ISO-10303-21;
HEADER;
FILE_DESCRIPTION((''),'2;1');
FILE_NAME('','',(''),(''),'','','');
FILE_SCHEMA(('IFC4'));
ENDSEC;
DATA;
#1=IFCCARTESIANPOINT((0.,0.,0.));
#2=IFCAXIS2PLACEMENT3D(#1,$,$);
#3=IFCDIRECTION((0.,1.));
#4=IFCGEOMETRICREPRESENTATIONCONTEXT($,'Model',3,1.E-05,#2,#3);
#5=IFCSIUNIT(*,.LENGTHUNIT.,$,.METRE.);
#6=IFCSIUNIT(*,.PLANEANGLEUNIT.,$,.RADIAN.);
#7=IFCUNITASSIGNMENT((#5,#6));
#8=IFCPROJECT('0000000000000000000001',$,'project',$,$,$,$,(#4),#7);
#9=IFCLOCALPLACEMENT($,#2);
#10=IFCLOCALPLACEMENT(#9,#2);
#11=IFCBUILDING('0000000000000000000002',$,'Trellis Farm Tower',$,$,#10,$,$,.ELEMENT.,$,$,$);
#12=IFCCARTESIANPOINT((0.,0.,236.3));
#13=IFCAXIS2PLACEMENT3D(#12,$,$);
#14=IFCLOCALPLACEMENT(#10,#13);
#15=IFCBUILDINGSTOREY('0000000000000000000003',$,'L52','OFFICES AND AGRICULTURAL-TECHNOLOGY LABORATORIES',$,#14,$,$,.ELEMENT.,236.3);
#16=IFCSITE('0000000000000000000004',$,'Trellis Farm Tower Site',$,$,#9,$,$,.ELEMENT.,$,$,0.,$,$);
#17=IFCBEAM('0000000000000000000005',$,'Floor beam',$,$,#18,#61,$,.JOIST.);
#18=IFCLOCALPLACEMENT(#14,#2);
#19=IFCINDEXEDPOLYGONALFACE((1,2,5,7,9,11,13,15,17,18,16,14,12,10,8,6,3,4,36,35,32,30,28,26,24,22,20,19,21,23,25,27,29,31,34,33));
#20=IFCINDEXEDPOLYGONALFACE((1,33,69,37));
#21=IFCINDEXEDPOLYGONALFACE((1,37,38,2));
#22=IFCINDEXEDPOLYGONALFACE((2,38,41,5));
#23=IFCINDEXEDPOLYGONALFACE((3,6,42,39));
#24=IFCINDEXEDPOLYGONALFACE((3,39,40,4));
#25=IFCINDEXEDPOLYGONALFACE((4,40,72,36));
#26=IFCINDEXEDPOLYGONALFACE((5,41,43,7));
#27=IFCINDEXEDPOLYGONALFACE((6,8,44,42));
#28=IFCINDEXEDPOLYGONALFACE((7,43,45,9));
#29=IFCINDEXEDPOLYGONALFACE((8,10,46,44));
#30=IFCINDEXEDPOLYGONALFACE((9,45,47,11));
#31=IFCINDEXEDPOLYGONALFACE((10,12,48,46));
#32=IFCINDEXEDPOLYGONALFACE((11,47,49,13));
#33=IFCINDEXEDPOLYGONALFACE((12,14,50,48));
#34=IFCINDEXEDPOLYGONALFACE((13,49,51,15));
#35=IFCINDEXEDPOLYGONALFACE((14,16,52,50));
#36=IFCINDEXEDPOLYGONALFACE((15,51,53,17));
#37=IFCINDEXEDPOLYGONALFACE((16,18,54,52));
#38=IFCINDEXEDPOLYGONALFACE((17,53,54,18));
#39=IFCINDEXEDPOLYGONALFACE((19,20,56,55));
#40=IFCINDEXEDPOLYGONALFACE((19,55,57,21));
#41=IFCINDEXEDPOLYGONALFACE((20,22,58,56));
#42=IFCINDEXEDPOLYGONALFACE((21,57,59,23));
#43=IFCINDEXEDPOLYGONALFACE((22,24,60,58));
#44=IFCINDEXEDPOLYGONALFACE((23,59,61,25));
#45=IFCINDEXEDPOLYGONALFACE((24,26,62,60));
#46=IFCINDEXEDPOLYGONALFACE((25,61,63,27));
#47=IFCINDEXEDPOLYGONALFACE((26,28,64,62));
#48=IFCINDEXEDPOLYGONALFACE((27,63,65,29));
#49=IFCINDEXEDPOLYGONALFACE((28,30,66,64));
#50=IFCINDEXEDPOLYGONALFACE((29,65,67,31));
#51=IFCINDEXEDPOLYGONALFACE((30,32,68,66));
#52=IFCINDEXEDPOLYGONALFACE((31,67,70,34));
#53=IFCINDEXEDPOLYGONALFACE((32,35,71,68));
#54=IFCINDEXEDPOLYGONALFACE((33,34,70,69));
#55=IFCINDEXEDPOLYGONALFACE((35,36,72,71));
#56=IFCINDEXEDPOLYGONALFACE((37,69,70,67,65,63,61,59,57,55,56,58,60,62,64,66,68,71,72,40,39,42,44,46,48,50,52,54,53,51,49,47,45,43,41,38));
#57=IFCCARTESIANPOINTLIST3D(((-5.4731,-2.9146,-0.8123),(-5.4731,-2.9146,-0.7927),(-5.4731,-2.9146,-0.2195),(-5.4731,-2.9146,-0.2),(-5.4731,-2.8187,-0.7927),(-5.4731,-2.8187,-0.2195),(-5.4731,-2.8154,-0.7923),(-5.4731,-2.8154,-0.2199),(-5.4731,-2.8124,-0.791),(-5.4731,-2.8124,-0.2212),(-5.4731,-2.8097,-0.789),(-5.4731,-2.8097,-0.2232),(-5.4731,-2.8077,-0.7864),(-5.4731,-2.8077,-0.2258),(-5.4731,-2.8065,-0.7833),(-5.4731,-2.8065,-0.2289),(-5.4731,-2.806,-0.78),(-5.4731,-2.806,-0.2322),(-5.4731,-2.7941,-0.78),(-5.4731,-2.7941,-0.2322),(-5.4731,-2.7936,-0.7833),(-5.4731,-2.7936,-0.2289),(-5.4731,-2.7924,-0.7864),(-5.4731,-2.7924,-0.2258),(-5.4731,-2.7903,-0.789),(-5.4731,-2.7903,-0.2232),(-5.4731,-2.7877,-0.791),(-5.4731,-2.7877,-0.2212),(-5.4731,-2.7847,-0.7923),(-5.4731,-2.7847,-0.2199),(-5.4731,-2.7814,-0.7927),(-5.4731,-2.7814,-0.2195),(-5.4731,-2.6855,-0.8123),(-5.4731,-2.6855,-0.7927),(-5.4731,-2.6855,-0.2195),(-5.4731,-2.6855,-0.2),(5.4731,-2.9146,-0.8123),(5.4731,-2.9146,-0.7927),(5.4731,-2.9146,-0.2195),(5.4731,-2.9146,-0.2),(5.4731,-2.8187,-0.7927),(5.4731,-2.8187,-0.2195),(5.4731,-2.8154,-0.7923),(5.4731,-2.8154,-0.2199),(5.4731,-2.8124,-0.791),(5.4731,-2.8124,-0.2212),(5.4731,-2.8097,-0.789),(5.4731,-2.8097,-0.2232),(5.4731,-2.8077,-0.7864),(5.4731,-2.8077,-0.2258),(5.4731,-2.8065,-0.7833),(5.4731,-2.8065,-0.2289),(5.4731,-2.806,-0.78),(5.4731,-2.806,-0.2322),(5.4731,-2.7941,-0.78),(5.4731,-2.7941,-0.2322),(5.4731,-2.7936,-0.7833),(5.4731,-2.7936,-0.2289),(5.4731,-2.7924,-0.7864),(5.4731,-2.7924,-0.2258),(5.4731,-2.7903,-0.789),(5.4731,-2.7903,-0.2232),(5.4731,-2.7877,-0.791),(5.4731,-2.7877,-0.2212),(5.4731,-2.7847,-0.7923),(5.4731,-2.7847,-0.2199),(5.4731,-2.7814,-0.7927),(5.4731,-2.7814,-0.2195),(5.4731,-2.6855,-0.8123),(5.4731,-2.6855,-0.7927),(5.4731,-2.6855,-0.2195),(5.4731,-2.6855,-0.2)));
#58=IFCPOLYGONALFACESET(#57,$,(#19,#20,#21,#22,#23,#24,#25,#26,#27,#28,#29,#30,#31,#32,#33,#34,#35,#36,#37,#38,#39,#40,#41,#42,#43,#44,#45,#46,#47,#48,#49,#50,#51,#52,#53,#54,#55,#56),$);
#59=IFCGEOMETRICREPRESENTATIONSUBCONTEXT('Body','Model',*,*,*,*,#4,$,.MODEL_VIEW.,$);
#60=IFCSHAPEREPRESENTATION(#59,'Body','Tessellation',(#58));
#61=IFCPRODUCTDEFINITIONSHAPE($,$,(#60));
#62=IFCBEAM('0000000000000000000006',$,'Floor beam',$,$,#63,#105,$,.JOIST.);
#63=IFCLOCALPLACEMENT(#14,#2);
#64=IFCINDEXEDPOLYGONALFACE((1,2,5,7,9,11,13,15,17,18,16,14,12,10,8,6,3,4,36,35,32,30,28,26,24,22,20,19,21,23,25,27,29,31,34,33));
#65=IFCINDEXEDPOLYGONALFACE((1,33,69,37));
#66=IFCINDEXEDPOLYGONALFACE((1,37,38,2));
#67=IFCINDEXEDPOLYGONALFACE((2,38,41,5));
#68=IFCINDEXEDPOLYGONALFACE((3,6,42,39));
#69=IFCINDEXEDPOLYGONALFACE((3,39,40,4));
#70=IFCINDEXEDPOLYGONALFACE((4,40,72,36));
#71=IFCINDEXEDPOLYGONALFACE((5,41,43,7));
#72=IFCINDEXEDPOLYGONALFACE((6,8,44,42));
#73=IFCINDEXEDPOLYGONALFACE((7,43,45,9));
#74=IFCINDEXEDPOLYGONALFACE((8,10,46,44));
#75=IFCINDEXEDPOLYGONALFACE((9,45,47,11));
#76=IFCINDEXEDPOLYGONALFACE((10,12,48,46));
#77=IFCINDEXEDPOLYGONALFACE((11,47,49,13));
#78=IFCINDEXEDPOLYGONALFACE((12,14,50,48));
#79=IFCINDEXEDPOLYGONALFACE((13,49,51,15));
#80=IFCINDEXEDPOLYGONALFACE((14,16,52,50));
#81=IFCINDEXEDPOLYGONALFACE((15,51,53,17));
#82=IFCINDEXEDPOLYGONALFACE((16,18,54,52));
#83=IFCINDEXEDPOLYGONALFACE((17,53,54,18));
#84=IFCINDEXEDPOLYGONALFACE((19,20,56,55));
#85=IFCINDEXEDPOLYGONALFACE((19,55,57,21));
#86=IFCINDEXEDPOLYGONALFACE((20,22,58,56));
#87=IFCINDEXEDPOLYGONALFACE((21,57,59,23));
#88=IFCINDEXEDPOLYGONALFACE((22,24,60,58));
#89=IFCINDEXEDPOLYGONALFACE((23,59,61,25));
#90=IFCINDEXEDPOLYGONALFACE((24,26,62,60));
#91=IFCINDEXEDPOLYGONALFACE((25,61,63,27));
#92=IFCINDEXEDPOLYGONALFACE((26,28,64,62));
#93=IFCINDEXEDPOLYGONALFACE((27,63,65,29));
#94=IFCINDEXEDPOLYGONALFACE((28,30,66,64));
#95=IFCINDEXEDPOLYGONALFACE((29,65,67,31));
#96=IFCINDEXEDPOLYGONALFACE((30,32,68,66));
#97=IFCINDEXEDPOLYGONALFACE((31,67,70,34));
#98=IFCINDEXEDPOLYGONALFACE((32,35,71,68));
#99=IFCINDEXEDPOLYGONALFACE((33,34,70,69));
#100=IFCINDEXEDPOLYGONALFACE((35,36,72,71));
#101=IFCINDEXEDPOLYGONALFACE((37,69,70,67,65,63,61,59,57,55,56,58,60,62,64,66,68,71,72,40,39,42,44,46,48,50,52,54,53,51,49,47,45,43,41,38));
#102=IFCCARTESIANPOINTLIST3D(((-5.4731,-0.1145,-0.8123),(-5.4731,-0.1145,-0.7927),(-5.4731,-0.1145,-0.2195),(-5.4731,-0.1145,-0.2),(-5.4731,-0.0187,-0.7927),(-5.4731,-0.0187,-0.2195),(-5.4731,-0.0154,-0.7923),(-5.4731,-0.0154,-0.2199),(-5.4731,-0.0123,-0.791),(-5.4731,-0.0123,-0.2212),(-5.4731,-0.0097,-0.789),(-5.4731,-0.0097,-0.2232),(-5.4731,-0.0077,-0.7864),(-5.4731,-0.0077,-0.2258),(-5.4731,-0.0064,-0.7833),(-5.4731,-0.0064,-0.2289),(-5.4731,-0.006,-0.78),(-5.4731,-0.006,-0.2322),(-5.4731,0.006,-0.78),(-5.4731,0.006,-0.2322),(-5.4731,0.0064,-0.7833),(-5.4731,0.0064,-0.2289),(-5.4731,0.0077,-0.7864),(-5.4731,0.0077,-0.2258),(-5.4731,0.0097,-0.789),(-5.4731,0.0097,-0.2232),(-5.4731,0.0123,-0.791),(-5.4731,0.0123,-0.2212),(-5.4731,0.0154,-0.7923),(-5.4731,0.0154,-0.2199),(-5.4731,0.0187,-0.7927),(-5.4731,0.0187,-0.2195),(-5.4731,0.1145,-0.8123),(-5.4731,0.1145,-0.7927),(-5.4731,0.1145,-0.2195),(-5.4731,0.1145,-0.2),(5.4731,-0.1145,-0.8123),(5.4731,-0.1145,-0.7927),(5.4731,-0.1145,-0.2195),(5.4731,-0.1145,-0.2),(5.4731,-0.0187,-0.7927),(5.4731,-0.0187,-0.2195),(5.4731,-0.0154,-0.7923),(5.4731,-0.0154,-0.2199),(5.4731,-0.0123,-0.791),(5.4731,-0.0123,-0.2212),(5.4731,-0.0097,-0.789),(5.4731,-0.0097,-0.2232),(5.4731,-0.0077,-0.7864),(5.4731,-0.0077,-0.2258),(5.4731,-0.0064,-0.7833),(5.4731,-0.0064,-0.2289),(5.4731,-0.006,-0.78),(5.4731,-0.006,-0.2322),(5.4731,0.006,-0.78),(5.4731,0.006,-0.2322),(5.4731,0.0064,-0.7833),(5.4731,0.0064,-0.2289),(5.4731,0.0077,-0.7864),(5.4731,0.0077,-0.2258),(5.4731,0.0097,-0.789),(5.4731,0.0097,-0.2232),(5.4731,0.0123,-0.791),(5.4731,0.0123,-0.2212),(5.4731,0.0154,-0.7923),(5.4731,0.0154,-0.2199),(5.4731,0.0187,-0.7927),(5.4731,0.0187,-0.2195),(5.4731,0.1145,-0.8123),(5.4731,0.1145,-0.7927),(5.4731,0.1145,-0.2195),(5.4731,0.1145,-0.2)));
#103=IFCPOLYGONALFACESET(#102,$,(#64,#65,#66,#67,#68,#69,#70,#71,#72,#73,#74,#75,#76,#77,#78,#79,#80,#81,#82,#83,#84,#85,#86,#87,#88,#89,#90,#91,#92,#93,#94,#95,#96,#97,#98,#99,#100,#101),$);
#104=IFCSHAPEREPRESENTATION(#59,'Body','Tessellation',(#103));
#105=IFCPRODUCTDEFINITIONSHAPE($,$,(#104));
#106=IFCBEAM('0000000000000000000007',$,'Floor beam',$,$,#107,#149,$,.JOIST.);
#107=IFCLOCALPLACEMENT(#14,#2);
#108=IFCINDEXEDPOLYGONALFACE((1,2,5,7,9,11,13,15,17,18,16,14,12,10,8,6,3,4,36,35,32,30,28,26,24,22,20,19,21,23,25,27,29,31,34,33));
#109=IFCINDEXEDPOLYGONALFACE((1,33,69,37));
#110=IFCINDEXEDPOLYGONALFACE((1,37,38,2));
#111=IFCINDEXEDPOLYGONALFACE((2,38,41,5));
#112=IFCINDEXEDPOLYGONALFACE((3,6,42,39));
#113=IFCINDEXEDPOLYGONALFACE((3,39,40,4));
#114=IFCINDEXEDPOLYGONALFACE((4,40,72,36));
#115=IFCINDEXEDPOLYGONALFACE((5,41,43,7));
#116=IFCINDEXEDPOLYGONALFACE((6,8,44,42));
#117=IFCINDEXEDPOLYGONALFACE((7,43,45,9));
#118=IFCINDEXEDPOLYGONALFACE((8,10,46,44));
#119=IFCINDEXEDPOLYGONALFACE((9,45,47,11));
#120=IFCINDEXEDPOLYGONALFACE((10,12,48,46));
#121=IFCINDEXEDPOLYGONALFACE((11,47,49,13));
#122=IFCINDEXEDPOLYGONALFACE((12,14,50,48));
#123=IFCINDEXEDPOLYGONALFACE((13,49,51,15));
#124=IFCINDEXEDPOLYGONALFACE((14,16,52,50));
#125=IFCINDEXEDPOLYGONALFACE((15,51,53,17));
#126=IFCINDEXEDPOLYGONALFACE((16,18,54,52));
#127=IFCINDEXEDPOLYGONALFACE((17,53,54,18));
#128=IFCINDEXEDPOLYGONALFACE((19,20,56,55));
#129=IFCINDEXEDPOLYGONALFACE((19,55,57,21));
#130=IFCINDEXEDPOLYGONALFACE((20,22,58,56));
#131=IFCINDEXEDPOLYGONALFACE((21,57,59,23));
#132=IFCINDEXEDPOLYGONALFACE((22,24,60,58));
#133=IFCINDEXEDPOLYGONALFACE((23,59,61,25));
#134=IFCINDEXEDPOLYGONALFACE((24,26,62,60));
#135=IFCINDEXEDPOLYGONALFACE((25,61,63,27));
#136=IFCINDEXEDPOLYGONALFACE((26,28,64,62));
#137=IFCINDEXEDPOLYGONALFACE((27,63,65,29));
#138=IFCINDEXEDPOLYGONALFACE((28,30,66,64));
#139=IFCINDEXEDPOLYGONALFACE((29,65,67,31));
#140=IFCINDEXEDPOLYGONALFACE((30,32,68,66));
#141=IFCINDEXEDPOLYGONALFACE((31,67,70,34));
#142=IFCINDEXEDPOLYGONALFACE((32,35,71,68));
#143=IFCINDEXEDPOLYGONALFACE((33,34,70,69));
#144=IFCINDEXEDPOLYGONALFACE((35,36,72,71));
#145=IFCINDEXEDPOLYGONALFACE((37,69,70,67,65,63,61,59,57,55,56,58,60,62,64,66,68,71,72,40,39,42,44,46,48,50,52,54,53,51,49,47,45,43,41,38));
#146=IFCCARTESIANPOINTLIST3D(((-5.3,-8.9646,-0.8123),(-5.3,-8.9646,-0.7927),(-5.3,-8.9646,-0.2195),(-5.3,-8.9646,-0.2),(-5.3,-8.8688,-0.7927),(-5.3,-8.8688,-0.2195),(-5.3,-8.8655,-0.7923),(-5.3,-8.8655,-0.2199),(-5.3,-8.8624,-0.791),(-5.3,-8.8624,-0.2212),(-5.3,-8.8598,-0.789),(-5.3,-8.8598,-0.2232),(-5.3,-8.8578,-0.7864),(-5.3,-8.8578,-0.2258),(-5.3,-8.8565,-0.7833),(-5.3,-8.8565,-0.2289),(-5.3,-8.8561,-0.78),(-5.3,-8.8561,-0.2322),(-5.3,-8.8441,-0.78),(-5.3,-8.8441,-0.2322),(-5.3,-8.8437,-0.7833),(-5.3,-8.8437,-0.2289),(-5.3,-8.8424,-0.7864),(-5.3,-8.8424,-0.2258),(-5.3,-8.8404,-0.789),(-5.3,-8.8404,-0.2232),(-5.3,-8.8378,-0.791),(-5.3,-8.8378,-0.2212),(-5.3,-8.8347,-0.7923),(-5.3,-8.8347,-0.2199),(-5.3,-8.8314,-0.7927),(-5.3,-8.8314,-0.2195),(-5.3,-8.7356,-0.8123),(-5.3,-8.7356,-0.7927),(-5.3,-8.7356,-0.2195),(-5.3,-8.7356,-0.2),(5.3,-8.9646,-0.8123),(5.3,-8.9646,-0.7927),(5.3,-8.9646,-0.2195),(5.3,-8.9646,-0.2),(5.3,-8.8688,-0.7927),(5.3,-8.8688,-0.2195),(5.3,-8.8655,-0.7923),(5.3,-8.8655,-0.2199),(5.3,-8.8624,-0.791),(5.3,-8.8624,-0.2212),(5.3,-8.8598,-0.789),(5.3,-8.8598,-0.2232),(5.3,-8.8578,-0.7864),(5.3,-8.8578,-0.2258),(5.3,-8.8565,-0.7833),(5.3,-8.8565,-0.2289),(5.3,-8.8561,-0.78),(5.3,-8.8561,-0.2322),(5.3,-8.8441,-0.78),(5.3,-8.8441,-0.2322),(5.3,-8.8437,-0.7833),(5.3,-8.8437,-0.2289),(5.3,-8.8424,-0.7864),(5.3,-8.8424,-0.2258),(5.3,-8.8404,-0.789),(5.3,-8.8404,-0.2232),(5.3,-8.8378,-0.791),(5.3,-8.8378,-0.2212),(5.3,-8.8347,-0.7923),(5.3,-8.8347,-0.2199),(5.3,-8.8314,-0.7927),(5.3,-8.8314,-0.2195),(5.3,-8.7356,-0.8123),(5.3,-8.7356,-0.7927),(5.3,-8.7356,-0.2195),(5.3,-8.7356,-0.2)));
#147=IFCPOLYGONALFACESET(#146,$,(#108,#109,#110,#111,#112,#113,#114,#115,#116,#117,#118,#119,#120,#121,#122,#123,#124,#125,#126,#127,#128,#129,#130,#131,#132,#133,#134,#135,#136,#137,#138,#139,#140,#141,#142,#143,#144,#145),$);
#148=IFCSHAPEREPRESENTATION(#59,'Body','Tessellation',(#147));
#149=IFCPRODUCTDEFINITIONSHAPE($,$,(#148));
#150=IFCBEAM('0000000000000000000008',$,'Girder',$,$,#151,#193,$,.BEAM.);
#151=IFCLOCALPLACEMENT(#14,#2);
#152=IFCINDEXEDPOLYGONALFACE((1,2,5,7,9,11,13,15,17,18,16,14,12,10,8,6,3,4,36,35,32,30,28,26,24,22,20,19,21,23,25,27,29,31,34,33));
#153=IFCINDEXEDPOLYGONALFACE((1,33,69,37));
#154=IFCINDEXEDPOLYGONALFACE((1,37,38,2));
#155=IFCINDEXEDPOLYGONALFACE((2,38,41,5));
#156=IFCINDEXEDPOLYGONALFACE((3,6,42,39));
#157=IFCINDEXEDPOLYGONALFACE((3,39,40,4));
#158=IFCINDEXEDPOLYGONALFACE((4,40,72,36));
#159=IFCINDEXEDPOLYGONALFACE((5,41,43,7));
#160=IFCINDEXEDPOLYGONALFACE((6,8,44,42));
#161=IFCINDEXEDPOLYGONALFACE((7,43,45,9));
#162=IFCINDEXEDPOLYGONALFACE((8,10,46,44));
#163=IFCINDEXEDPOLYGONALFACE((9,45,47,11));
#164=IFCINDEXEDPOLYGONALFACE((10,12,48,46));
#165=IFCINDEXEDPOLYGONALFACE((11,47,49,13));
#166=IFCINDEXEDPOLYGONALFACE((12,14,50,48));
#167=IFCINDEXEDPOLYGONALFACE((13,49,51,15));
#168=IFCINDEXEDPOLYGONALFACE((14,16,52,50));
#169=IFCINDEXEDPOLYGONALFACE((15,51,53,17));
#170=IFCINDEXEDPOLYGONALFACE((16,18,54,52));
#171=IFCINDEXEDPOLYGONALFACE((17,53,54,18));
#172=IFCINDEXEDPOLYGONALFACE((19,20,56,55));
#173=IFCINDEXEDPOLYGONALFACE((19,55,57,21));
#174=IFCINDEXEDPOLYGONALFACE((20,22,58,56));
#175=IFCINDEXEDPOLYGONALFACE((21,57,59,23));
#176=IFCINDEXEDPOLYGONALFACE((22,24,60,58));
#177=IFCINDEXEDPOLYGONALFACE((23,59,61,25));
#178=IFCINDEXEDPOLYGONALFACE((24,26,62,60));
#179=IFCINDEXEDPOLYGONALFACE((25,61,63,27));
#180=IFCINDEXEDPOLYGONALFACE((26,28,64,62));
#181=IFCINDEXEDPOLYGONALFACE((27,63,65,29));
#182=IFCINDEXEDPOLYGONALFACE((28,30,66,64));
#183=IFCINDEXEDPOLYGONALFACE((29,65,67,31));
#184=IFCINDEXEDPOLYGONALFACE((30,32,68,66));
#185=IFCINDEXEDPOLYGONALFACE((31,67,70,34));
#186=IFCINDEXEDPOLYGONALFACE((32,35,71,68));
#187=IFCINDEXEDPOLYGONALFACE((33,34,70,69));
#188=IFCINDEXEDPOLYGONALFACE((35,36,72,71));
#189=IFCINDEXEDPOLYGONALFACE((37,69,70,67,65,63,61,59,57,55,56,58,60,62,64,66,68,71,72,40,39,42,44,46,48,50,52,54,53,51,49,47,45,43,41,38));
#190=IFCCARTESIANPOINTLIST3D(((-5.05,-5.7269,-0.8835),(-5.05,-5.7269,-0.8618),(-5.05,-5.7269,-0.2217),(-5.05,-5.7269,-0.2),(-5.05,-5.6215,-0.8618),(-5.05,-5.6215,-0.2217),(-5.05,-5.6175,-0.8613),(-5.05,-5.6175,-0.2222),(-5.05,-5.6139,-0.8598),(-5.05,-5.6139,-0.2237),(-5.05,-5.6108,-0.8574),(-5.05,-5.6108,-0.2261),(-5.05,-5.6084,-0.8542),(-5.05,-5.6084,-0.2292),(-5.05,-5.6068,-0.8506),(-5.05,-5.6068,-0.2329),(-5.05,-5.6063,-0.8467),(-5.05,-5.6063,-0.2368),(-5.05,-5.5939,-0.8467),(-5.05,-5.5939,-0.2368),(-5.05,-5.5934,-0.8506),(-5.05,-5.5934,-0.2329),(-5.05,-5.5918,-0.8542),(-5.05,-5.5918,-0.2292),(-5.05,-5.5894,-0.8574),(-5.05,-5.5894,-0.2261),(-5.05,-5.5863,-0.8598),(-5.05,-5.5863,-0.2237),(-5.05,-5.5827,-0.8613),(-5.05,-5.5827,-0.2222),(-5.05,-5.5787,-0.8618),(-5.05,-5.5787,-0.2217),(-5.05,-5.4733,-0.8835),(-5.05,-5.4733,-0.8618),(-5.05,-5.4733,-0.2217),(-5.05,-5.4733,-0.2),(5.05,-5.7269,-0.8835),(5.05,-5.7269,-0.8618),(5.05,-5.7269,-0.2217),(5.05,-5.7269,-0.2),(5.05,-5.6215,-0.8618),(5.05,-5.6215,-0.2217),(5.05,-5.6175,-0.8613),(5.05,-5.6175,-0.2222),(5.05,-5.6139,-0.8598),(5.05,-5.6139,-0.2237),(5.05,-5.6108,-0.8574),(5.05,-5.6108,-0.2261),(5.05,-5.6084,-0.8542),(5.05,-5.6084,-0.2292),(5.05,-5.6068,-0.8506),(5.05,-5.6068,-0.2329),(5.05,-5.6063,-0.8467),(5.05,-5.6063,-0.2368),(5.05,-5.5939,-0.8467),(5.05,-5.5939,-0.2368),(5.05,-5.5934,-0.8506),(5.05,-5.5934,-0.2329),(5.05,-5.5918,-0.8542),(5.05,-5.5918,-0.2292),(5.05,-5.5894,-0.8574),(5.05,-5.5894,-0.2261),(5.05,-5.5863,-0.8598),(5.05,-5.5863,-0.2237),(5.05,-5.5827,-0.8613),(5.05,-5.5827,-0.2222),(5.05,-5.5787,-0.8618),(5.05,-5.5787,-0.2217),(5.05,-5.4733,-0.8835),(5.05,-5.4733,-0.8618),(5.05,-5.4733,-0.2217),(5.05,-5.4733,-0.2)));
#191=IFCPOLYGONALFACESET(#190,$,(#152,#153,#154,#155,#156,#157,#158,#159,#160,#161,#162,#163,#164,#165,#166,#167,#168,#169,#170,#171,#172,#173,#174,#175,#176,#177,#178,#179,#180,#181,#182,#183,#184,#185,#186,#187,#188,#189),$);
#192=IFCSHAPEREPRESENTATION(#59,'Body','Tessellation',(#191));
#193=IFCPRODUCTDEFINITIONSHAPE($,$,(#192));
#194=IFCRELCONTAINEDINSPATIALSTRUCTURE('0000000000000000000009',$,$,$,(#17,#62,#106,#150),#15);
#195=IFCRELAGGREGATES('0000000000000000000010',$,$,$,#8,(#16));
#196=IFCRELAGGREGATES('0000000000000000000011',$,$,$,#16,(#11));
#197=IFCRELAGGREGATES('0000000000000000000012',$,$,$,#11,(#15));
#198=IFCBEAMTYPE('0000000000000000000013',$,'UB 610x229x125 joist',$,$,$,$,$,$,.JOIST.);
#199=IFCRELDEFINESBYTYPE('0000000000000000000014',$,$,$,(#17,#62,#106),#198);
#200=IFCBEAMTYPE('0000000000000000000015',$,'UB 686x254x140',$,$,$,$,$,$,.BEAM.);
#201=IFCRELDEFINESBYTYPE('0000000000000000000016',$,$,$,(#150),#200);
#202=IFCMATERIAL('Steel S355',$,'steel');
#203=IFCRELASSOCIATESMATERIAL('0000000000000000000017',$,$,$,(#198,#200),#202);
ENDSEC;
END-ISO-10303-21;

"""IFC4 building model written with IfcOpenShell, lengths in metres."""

from ifc_helpers import new_model, si_unit, direction, frame, origin, origin_2d, place, context, subcontext, project, spatial, i_section, extrude, source, transform, mapped, material, material_profile, profile_set, type_object, element, save


model = new_model("IFC4")

# Units and contexts
model_context = context("Model", 3, precision=1e-05, world=origin(), true_north=direction((0.0, 1.0)))
body_context = subcontext(model_context, "Body", "Model", "MODEL_VIEW")
ifc_project = project(units=[si_unit("LENGTHUNIT", "METRE"), si_unit("PLANEANGLEUNIT", "RADIAN")], contexts=[model_context])

# Site, building, storey
site_placement = place(None, origin())
site = spatial("IfcSite", under=ifc_project, at=site_placement, Name="Trellis Farm Tower Site", CompositionType="ELEMENT", RefElevation=0.0)
building_placement = place(site_placement, origin())
building = spatial("IfcBuilding", under=site, at=building_placement, Name="Trellis Farm Tower", CompositionType="ELEMENT")
storey_placement = place(building_placement, frame((0.0, 0.0, 236.3)))
storey = spatial("IfcBuildingStorey", under=building, at=storey_placement, Name="L52", Description="OFFICES AND AGRICULTURAL-TECHNOLOGY LABORATORIES", CompositionType="ELEMENT", Elevation=236.3)

# Beams
ifc_material_1 = material(Name="Steel S355", Category="steel")
ifc_material_profile_1 = material_profile(ifc_material_1, i_section(OverallWidth=0.229, OverallDepth=0.6123, WebThickness=0.012, FlangeThickness=0.0195, FilletRadius=0.0127, at=origin_2d()), Name="UB 610x229x125")
ifc_profile_set_1 = profile_set([ifc_material_profile_1], Name="Steel S355")
beam_type_1 = type_object("IfcBeamType", Name="UB 610x229x125 joist", PredefinedType="JOIST", material=ifc_profile_set_1)
shared_shape_1 = source(origin(), body_context, "Body", "SweptSolid", [
    extrude(i_section(OverallWidth=0.229, OverallDepth=0.6123, WebThickness=0.012, FlangeThickness=0.0195, FilletRadius=0.0127, at=origin_2d()), origin(), (0.0, 0.0, 1.0), 10.9463),
])
for number, where, z_axis, x_axis, name in (
    (1, (-5.4731, -2.8, -0.5061), (1.0, 0.0, 0.0), (0.0, 1.0, 0.0), "Floor beam"),
    (2, (-5.4731, 0.0, -0.5061), (1.0, 0.0, 0.0), (0.0, 1.0, 0.0), "Floor beam"),
):
    element("IfcBeam", number, at=place(storey_placement, frame(where, z_axis=z_axis, x_axis=x_axis)), inside=storey, type_object=beam_type_1, Name=name, PredefinedType="JOIST", context=body_context, shape_type="MappedRepresentation", body=[
        mapped(shared_shape_1, transform((0.0, 0.0, 0.0))),
    ])
shared_shape_2 = source(origin(), body_context, "Body", "SweptSolid", [
    extrude(i_section(OverallWidth=0.229, OverallDepth=0.6123, WebThickness=0.012, FlangeThickness=0.0195, FilletRadius=0.0127, at=origin_2d()), origin(), (0.0, 0.0, 1.0), 10.6001),
])
beam_1_placement = place(storey_placement, frame((-5.3, -8.8501, -0.5061), z_axis=(1.0, 0.0, 0.0), x_axis=(0.0, 1.0, 0.0)))
element("IfcBeam", 3, at=beam_1_placement, inside=storey, type_object=beam_type_1, Name="Floor beam", PredefinedType="JOIST", context=body_context, shape_type="MappedRepresentation", body=[
    mapped(shared_shape_2, transform((0.0, 0.0, 0.0))),
])
ifc_material_profile_2 = material_profile(ifc_material_1, i_section(OverallWidth=0.2537, OverallDepth=0.6836, WebThickness=0.0125, FlangeThickness=0.0217, FilletRadius=0.0151, at=origin_2d()), Name="UB 686x254x140")
ifc_profile_set_2 = profile_set([ifc_material_profile_2], Name="Steel S355")
beam_type_2 = type_object("IfcBeamType", Name="UB 686x254x140", PredefinedType="BEAM", material=ifc_profile_set_2)
shared_shape_3 = source(origin(), body_context, "Body", "SweptSolid", [
    extrude(i_section(OverallWidth=0.2537, OverallDepth=0.6836, WebThickness=0.0125, FlangeThickness=0.0217, FilletRadius=0.0151, at=origin_2d()), origin(), (0.0, 0.0, 1.0), 10.1001),
])
beam_2_placement = place(storey_placement, frame((-5.05, -5.6001, -0.5417), z_axis=(1.0, 0.0, 0.0), x_axis=(0.0, 1.0, 0.0)))
element("IfcBeam", 4, at=beam_2_placement, inside=storey, type_object=beam_type_2, Name="Girder", PredefinedType="BEAM", context=body_context, shape_type="MappedRepresentation", body=[
    mapped(shared_shape_3, transform((0.0, 0.0, 0.0))),
])

save(model, "model.ifc")
